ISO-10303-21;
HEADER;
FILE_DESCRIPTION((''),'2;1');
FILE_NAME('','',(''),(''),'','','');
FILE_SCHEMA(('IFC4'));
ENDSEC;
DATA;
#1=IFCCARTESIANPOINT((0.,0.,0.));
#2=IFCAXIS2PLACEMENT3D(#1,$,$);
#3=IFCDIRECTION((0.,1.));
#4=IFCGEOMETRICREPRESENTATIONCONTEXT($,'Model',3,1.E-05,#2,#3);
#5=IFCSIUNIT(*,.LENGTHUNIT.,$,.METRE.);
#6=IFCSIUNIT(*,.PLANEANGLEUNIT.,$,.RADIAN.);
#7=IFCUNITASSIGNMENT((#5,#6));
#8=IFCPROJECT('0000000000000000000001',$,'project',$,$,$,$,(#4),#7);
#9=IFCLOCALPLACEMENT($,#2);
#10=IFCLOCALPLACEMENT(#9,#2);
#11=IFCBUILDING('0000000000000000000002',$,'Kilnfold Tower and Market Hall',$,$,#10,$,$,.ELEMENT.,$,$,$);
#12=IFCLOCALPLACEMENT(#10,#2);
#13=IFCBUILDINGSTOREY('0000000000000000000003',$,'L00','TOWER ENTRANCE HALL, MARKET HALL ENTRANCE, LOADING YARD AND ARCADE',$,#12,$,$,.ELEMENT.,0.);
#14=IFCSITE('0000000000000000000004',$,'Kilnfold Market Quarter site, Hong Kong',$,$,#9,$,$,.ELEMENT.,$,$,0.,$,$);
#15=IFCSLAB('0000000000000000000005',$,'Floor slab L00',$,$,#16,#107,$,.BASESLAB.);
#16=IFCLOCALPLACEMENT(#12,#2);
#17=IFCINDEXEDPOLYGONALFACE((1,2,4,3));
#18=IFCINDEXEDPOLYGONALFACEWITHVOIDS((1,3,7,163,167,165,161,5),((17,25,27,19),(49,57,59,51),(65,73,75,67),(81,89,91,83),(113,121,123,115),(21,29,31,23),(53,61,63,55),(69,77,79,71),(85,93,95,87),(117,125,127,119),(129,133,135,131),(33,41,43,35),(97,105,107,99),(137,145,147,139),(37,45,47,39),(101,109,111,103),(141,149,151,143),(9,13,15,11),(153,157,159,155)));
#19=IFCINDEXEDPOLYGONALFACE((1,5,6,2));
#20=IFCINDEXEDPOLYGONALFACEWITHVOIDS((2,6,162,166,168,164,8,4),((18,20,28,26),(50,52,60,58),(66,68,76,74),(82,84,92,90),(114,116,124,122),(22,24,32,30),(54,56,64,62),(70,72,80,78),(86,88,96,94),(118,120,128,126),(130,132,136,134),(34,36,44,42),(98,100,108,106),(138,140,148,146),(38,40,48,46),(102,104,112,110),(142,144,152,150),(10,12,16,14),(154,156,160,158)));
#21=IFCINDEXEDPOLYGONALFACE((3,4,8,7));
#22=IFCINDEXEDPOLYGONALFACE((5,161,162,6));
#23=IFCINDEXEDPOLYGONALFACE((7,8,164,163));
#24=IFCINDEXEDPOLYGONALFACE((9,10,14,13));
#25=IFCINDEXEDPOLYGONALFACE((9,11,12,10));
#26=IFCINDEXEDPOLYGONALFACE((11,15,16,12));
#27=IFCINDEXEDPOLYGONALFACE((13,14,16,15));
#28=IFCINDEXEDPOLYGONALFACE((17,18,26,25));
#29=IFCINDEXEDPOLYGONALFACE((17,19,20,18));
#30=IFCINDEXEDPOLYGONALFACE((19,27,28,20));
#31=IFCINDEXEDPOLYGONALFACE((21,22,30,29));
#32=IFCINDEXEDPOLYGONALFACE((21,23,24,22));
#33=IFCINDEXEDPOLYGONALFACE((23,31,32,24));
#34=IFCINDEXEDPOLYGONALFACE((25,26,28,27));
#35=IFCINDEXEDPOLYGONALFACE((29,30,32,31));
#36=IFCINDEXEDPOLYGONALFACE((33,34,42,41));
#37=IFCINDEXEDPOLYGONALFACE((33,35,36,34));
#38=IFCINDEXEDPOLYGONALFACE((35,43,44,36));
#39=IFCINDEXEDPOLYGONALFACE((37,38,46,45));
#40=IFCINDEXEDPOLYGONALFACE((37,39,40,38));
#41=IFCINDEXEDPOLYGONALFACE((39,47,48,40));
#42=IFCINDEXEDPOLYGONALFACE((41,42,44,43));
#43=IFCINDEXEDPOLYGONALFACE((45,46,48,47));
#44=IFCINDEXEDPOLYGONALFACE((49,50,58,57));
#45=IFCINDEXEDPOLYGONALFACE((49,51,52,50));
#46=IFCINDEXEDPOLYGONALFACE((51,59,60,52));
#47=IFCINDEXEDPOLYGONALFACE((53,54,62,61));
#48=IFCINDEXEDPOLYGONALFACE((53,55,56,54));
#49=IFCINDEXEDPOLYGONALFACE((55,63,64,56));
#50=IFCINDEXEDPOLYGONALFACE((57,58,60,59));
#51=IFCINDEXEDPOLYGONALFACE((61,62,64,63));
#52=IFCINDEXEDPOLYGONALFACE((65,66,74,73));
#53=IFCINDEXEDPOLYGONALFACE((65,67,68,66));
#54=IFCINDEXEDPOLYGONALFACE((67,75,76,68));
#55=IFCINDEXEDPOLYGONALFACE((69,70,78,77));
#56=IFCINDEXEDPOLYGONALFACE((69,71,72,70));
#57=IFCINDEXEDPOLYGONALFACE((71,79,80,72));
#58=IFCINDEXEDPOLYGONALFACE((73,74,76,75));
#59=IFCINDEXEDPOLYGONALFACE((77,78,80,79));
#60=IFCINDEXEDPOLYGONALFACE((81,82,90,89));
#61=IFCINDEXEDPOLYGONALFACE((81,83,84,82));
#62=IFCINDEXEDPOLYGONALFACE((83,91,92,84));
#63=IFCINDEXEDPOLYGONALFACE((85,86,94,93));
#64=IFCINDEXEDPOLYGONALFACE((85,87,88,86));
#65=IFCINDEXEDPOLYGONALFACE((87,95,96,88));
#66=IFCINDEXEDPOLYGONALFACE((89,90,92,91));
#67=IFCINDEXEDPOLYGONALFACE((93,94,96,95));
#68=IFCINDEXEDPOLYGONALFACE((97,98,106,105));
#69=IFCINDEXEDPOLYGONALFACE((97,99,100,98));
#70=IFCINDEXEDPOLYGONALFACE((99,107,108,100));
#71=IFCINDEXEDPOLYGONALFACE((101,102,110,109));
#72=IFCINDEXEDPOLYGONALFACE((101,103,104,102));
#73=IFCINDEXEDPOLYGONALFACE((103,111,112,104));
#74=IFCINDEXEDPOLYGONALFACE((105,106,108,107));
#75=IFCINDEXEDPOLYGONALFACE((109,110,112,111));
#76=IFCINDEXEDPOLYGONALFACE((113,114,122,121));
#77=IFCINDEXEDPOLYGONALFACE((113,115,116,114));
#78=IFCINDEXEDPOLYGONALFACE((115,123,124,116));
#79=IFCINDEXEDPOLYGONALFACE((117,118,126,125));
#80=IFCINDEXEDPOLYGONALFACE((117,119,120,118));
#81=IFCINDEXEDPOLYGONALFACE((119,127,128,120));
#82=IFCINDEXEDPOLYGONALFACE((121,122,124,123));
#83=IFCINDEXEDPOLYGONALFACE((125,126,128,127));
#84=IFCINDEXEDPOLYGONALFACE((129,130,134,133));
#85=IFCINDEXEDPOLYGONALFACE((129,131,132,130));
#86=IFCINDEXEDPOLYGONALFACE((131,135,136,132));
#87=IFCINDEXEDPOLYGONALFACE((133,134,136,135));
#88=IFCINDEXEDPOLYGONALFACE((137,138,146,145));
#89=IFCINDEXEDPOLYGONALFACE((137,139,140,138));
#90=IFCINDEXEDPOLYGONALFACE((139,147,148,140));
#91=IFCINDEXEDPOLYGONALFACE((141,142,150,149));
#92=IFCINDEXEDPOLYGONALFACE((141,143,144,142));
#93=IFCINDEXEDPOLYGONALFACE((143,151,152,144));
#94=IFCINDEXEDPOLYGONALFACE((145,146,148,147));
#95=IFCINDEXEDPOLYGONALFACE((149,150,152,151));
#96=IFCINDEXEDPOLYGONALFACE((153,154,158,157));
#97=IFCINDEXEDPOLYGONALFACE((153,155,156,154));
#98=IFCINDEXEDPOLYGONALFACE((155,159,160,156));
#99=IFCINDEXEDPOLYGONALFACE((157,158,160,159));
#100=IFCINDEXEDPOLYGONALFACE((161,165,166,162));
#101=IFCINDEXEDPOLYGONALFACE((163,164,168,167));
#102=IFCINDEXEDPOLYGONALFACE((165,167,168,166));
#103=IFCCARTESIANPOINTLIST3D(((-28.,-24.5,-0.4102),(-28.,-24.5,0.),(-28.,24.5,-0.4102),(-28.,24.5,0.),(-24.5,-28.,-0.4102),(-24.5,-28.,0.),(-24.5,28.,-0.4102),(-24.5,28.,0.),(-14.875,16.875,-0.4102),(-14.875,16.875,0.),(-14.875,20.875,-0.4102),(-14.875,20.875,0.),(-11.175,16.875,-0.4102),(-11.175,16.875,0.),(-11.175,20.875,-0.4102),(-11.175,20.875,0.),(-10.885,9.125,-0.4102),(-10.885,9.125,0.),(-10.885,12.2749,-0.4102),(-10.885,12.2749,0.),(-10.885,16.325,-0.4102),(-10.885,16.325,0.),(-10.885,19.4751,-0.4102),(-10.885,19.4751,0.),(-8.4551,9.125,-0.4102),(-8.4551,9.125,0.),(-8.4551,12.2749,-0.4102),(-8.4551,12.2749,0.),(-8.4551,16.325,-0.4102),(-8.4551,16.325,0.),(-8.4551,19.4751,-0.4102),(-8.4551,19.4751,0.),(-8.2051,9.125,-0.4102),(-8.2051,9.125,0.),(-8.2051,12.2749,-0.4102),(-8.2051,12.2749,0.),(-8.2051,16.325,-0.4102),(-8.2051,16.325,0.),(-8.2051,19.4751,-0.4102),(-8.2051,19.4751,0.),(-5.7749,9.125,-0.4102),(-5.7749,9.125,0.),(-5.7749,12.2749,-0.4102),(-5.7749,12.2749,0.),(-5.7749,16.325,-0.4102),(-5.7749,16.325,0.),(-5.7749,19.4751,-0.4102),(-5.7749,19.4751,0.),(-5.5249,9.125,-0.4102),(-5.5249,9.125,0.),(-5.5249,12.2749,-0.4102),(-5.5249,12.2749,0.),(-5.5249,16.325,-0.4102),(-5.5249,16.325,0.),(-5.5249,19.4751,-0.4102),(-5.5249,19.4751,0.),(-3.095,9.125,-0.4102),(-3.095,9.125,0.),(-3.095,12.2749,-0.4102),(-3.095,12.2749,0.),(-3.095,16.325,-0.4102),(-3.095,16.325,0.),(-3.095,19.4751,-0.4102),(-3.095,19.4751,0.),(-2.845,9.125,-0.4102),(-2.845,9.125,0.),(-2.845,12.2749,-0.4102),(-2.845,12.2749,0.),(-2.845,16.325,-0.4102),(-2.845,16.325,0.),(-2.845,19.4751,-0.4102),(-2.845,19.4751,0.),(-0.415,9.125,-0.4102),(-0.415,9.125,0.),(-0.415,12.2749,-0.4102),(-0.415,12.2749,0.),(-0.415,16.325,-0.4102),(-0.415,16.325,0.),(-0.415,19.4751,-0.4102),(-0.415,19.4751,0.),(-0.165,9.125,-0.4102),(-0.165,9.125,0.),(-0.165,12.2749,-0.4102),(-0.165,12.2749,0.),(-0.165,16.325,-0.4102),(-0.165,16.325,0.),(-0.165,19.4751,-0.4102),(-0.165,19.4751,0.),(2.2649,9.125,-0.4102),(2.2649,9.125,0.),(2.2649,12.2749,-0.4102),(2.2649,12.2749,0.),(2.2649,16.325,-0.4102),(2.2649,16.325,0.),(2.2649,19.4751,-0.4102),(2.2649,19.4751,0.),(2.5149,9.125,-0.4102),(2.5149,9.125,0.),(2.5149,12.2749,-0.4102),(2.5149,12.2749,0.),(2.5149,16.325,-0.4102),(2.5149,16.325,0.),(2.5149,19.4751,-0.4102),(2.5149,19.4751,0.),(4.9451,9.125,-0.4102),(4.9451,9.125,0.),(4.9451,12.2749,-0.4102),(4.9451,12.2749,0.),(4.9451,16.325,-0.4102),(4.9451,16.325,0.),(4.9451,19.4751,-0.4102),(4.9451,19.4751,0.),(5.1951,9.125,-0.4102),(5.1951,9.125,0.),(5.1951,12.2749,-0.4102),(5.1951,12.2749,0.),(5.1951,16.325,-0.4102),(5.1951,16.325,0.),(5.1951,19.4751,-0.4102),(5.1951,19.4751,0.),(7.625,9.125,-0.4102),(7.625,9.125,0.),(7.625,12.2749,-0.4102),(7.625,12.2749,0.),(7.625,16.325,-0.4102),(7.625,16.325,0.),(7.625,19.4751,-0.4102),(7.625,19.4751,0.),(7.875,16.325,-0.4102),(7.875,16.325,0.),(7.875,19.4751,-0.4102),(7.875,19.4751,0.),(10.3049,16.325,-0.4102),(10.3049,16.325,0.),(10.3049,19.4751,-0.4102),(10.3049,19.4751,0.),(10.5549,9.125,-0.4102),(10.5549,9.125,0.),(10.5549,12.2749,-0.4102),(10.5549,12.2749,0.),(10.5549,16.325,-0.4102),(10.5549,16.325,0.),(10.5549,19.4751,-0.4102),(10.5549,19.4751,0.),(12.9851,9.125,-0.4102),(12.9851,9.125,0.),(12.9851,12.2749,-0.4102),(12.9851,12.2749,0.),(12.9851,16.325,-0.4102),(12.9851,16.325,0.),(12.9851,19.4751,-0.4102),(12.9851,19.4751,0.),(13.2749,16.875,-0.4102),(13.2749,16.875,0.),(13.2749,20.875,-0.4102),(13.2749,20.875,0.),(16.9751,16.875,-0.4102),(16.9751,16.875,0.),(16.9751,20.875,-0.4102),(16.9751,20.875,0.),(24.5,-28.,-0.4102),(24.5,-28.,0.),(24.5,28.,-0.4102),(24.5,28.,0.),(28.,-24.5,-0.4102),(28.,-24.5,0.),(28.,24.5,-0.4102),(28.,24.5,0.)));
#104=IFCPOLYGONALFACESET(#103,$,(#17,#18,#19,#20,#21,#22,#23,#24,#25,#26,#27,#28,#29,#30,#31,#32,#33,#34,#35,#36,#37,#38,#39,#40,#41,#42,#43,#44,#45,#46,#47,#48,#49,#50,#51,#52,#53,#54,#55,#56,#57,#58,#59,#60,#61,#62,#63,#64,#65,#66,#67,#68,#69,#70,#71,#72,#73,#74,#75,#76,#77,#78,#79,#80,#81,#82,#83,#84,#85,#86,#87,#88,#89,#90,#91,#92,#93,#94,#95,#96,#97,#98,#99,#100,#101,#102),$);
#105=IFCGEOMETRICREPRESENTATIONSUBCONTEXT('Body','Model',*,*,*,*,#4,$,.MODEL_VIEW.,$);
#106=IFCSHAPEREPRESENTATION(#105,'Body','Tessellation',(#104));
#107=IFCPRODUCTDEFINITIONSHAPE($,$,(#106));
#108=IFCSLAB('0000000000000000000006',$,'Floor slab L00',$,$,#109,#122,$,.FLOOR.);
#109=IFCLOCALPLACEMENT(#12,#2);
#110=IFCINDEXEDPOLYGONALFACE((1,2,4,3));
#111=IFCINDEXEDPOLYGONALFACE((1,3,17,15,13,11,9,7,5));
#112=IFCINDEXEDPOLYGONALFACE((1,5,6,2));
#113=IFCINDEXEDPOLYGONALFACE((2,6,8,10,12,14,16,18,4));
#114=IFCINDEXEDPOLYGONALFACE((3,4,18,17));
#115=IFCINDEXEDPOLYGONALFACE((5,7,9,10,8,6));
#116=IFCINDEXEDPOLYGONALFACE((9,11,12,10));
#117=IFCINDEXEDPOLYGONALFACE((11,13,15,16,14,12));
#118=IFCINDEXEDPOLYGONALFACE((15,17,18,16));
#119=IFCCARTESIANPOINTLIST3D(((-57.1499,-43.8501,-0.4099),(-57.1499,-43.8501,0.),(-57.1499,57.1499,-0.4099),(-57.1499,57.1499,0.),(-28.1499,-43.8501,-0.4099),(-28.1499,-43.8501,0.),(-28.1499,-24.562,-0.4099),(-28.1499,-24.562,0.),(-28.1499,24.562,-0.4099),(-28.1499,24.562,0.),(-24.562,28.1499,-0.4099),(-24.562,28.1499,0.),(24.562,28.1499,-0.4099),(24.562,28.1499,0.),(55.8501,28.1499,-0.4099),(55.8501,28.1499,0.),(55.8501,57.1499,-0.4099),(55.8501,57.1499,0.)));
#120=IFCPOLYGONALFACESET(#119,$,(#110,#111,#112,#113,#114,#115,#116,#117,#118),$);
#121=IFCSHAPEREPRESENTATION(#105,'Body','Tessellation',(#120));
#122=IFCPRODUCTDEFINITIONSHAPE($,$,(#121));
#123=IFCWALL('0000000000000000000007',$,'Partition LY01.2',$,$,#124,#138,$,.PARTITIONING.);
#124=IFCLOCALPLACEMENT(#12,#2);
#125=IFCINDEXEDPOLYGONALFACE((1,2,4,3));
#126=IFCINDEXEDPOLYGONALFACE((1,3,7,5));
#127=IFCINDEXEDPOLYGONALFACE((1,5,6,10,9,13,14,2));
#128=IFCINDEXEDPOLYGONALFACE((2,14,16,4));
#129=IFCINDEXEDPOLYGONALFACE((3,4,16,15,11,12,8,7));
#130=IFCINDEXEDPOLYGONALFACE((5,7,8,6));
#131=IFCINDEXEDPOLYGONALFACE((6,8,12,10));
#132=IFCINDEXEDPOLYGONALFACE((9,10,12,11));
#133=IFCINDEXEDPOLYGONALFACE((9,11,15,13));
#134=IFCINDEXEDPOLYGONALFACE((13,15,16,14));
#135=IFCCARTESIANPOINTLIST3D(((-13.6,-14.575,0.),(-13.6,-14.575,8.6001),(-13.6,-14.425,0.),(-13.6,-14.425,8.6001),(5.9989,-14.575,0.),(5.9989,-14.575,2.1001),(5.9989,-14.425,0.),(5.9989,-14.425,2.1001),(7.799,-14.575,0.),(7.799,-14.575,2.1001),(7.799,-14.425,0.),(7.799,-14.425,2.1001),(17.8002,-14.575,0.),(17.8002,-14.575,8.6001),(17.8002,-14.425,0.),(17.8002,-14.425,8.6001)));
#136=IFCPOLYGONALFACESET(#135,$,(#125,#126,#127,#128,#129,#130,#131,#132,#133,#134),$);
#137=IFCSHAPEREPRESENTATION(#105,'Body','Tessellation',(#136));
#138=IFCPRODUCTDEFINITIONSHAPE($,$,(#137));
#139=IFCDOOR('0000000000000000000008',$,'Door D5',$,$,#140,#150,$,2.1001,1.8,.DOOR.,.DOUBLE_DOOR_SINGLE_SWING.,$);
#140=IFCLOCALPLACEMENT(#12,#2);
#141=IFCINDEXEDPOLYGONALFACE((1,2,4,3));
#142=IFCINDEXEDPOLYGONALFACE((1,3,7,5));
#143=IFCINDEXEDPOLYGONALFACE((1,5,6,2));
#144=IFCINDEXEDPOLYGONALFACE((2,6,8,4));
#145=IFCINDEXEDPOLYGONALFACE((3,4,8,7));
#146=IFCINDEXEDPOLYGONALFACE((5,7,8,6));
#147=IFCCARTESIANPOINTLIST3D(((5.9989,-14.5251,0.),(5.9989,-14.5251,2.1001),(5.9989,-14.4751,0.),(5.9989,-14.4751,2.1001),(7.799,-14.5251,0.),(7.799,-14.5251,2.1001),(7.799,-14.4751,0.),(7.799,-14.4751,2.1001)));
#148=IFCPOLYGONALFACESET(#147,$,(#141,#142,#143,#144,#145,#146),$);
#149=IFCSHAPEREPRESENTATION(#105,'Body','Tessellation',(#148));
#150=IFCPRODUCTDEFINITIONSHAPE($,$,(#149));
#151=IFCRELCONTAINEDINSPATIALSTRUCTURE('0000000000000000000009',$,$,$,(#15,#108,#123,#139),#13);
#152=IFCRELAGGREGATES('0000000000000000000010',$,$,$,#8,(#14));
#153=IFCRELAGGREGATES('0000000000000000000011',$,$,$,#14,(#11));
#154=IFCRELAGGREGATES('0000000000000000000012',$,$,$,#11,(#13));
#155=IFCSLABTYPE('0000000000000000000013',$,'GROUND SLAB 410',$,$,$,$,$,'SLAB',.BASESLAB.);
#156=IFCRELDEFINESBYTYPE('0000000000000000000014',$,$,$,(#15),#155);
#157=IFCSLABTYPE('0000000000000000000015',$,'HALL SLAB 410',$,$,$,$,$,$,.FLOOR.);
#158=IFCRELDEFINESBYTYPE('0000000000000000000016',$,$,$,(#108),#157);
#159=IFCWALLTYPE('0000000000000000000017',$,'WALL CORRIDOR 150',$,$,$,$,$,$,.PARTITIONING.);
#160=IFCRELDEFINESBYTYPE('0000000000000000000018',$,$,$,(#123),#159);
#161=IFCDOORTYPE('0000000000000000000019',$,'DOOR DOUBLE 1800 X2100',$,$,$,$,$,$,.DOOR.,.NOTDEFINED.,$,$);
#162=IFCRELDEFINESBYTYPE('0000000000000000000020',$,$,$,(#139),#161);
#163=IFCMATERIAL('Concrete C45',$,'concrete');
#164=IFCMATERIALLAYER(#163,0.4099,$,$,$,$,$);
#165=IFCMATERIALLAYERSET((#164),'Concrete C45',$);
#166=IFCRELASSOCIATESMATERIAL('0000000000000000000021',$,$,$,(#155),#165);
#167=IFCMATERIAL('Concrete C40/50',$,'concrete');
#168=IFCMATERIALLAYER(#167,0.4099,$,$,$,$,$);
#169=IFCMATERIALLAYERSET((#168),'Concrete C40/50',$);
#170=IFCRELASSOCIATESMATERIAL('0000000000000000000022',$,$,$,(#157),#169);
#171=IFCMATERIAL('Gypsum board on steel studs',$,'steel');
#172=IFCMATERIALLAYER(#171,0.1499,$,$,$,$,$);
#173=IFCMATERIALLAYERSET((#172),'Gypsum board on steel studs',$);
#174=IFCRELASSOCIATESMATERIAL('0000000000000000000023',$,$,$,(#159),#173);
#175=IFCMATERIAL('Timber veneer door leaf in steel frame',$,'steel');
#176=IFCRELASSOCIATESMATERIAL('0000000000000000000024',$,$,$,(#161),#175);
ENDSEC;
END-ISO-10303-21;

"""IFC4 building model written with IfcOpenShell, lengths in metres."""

from ifc_helpers import new_model, si_unit, direction, frame, frame_2d, origin, place, context, subcontext, project, spatial, polyline, rectangle, outline, extrude, source, transform, mapped, material, layer, layer_set, type_object, element, fill, save


model = new_model("IFC4")

# Units and contexts
model_context = context("Model", 3, precision=1e-05, world=origin(), true_north=direction((0.0, 1.0)))
body_context = subcontext(model_context, "Body", "Model", "MODEL_VIEW")
ifc_project = project(units=[si_unit("LENGTHUNIT", "METRE"), si_unit("PLANEANGLEUNIT", "RADIAN")], contexts=[model_context])

# Site, building, storey
site_placement = place(None, origin())
site = spatial("IfcSite", under=ifc_project, at=site_placement, Name="Kilnfold Market Quarter site, Hong Kong", CompositionType="ELEMENT", RefElevation=0.0)
building_placement = place(site_placement, origin())
building = spatial("IfcBuilding", under=site, at=building_placement, Name="Kilnfold Tower and Market Hall", CompositionType="ELEMENT")
storey_placement = place(building_placement, origin())
storey = spatial("IfcBuildingStorey", under=building, at=storey_placement, Name="L00", Description="TOWER ENTRANCE HALL, MARKET HALL ENTRANCE, LOADING YARD AND ARCADE", CompositionType="ELEMENT", Elevation=0.0)

# Slabs
ifc_material_1 = material(Name="Concrete C45", Category="concrete")
ifc_layer_1 = layer(ifc_material_1, 0.4099)
ifc_layer_set_1 = layer_set([ifc_layer_1], Name="Concrete C45")
slab_type_1 = type_object("IfcSlabType", Name="GROUND SLAB 410", ElementType="SLAB", PredefinedType="BASESLAB", material=ifc_layer_set_1)
shared_shape_1 = source(origin(), body_context, "Body", "SweptSolid", [
    extrude(outline(polyline([(-24.5, -28.0), (24.5, -28.0), (28.0, -24.5), (28.0, 24.5), (24.5, 28.0), (-24.5, 28.0), (-28.0, 24.5), (-28.0, -24.5), (-24.5, -28.0)]), holes=[polyline([(-11.175, 16.875), (-14.875, 16.875), (-14.875, 20.875), (-11.175, 20.875), (-11.175, 16.875)]), polyline([(-8.4551, 9.125), (-10.885, 9.125), (-10.885, 12.2749), (-8.4551, 12.2749), (-8.4551, 9.125)]), polyline([(-8.4551, 16.325), (-10.885, 16.325), (-10.885, 19.4751), (-8.4551, 19.4751), (-8.4551, 16.325)]), polyline([(-5.7749, 9.125), (-8.2051, 9.125), (-8.2051, 12.2749), (-5.7749, 12.2749), (-5.7749, 9.125)]), polyline([(-5.7749, 16.325), (-8.2051, 16.325), (-8.2051, 19.4751), (-5.7749, 19.4751), (-5.7749, 16.325)]), polyline([(-3.095, 9.125), (-5.5249, 9.125), (-5.5249, 12.2749), (-3.095, 12.2749), (-3.095, 9.125)]), polyline([(-5.5249, 16.325), (-5.5249, 19.4751), (-3.095, 19.4751), (-3.095, 16.325), (-5.5249, 16.325)]), polyline([(-0.415, 9.125), (-2.845, 9.125), (-2.845, 12.2749), (-0.415, 12.2749), (-0.415, 9.125)]), polyline([(-2.845, 16.325), (-2.845, 19.4751), (-0.415, 19.4751), (-0.415, 16.325), (-2.845, 16.325)]), polyline([(2.2649, 9.125), (-0.165, 9.125), (-0.165, 12.2749), (2.2649, 12.2749), (2.2649, 9.125)]), polyline([(-0.165, 16.325), (-0.165, 19.4751), (2.2649, 19.4751), (2.2649, 16.325), (-0.165, 16.325)]), polyline([(4.9451, 9.125), (2.5149, 9.125), (2.5149, 12.2749), (4.9451, 12.2749), (4.9451, 9.125)]), polyline([(4.9451, 16.325), (2.5149, 16.325), (2.5149, 19.4751), (4.9451, 19.4751), (4.9451, 16.325)]), polyline([(7.625, 9.125), (5.1951, 9.125), (5.1951, 12.2749), (7.625, 12.2749), (7.625, 9.125)]), polyline([(7.625, 16.325), (5.1951, 16.325), (5.1951, 19.4751), (7.625, 19.4751), (7.625, 16.325)]), polyline([(10.3049, 16.325), (7.875, 16.325), (7.875, 19.4751), (10.3049, 19.4751), (10.3049, 16.325)]), polyline([(10.5549, 9.125), (10.5549, 12.2749), (12.9851, 12.2749), (12.9851, 9.125), (10.5549, 9.125)]), polyline([(10.5549, 16.325), (10.5549, 19.4751), (12.9851, 19.4751), (12.9851, 16.325), (10.5549, 16.325)]), polyline([(13.2749, 16.875), (13.2749, 20.875), (16.9751, 20.875), (16.9751, 16.875), (13.2749, 16.875)])]), origin(), (0.0, 0.0, 1.0), 0.4102),
])
slab_1_placement = place(storey_placement, frame((0.0, 0.0, -0.4102)))
element("IfcSlab", 1, at=slab_1_placement, inside=storey, type_object=slab_type_1, Name="Floor slab L00", PredefinedType="BASESLAB", context=body_context, shape_type="MappedRepresentation", body=[
    mapped(shared_shape_1, transform((0.0, 0.0, 0.0))),
])
ifc_material_2 = material(Name="Concrete C40/50", Category="concrete")
ifc_layer_2 = layer(ifc_material_2, 0.4099)
ifc_layer_set_2 = layer_set([ifc_layer_2], Name="Concrete C40/50")
slab_type_2 = type_object("IfcSlabType", Name="HALL SLAB 410", PredefinedType="FLOOR", material=ifc_layer_set_2)
shared_shape_2 = source(origin(), body_context, "Body", "SweptSolid", [
    extrude(outline(polyline([(-28.1499, -43.8501), (-57.1499, -43.8501), (-57.1499, 57.1499), (55.8501, 57.1499), (55.8501, 28.1499), (24.562, 28.1499), (-24.562, 28.1499), (-28.1499, 24.562), (-28.1499, -24.562), (-28.1499, -43.8501)])), origin(), (0.0, 0.0, 1.0), 0.4099),
])
slab_2_placement = place(storey_placement, frame((0.0, 0.0, -0.4099)))
element("IfcSlab", 2, at=slab_2_placement, inside=storey, type_object=slab_type_2, Name="Floor slab L00", PredefinedType="FLOOR", context=body_context, shape_type="MappedRepresentation", body=[
    mapped(shared_shape_2, transform((0.0, 0.0, 0.0))),
])

# Wall, opening, door
ifc_material_3 = material(Name="Gypsum board on steel studs", Category="steel")
ifc_layer_3 = layer(ifc_material_3, 0.1499)
ifc_layer_set_3 = layer_set([ifc_layer_3], Name="Gypsum board on steel studs")
wall_type_1 = type_object("IfcWallType", Name="WALL CORRIDOR 150", PredefinedType="PARTITIONING", material=ifc_layer_set_3)
wall_1_placement = place(storey_placement, frame((-13.6001, -14.5, 0.0), z_axis=(0.0, 0.0, 1.0), x_axis=(1.0, 0.0, 0.0)))
wall_1 = element("IfcWall", 3, at=wall_1_placement, inside=storey, type_object=wall_type_1, Name="Partition LY01.2", PredefinedType="PARTITIONING", context=body_context, shape_type="SweptSolid", body=[
    extrude(rectangle(XDim=31.4001, YDim=0.1499, at=frame_2d((15.7002, 0.0))), origin(), (0.0, 0.0, 1.0), 8.6001),
])
opening_1_placement = place(wall_1_placement, frame((19.5991, 0.0, 0.0)))
opening_1 = element("IfcOpeningElement", 4, at=opening_1_placement, cuts=wall_1, PredefinedType="OPENING", context=body_context, shape_type="SweptSolid", body=[
    extrude(rectangle(XDim=1.8, YDim=2.1001, at=frame_2d((0.8999, 1.05))), frame((0.0, 0.085, 0.0), z_axis=(0.0, -1.0, 0.0), x_axis=(1.0, 0.0, 0.0)), (0.0, 0.0, 1.0), 0.1699),
])
ifc_material_4 = material(Name="Timber veneer door leaf in steel frame", Category="steel")
door_type = type_object("IfcDoorType", Name="DOOR DOUBLE 1800 X2100", OperationType="NOTDEFINED", PredefinedType="DOOR", material=ifc_material_4)
door_1_placement = place(opening_1_placement, origin())
door_1 = element("IfcDoor", 5, at=door_1_placement, inside=storey, type_object=door_type, Name="Door D5", OperationType="DOUBLE_DOOR_SINGLE_SWING", OverallHeight=2.1001, OverallWidth=1.8, PredefinedType="DOOR", context=body_context, shape_type="SweptSolid", body=[
    extrude(rectangle(XDim=1.8, YDim=2.1001, at=frame_2d((0.8999, 1.05))), frame((0.0, 0.0249, 0.0), z_axis=(0.0, -1.0, 0.0), x_axis=(1.0, 0.0, 0.0)), (0.0, 0.0, 1.0), 0.05),
])
fill(opening_1, door_1)

save(model, "model.ifc")
